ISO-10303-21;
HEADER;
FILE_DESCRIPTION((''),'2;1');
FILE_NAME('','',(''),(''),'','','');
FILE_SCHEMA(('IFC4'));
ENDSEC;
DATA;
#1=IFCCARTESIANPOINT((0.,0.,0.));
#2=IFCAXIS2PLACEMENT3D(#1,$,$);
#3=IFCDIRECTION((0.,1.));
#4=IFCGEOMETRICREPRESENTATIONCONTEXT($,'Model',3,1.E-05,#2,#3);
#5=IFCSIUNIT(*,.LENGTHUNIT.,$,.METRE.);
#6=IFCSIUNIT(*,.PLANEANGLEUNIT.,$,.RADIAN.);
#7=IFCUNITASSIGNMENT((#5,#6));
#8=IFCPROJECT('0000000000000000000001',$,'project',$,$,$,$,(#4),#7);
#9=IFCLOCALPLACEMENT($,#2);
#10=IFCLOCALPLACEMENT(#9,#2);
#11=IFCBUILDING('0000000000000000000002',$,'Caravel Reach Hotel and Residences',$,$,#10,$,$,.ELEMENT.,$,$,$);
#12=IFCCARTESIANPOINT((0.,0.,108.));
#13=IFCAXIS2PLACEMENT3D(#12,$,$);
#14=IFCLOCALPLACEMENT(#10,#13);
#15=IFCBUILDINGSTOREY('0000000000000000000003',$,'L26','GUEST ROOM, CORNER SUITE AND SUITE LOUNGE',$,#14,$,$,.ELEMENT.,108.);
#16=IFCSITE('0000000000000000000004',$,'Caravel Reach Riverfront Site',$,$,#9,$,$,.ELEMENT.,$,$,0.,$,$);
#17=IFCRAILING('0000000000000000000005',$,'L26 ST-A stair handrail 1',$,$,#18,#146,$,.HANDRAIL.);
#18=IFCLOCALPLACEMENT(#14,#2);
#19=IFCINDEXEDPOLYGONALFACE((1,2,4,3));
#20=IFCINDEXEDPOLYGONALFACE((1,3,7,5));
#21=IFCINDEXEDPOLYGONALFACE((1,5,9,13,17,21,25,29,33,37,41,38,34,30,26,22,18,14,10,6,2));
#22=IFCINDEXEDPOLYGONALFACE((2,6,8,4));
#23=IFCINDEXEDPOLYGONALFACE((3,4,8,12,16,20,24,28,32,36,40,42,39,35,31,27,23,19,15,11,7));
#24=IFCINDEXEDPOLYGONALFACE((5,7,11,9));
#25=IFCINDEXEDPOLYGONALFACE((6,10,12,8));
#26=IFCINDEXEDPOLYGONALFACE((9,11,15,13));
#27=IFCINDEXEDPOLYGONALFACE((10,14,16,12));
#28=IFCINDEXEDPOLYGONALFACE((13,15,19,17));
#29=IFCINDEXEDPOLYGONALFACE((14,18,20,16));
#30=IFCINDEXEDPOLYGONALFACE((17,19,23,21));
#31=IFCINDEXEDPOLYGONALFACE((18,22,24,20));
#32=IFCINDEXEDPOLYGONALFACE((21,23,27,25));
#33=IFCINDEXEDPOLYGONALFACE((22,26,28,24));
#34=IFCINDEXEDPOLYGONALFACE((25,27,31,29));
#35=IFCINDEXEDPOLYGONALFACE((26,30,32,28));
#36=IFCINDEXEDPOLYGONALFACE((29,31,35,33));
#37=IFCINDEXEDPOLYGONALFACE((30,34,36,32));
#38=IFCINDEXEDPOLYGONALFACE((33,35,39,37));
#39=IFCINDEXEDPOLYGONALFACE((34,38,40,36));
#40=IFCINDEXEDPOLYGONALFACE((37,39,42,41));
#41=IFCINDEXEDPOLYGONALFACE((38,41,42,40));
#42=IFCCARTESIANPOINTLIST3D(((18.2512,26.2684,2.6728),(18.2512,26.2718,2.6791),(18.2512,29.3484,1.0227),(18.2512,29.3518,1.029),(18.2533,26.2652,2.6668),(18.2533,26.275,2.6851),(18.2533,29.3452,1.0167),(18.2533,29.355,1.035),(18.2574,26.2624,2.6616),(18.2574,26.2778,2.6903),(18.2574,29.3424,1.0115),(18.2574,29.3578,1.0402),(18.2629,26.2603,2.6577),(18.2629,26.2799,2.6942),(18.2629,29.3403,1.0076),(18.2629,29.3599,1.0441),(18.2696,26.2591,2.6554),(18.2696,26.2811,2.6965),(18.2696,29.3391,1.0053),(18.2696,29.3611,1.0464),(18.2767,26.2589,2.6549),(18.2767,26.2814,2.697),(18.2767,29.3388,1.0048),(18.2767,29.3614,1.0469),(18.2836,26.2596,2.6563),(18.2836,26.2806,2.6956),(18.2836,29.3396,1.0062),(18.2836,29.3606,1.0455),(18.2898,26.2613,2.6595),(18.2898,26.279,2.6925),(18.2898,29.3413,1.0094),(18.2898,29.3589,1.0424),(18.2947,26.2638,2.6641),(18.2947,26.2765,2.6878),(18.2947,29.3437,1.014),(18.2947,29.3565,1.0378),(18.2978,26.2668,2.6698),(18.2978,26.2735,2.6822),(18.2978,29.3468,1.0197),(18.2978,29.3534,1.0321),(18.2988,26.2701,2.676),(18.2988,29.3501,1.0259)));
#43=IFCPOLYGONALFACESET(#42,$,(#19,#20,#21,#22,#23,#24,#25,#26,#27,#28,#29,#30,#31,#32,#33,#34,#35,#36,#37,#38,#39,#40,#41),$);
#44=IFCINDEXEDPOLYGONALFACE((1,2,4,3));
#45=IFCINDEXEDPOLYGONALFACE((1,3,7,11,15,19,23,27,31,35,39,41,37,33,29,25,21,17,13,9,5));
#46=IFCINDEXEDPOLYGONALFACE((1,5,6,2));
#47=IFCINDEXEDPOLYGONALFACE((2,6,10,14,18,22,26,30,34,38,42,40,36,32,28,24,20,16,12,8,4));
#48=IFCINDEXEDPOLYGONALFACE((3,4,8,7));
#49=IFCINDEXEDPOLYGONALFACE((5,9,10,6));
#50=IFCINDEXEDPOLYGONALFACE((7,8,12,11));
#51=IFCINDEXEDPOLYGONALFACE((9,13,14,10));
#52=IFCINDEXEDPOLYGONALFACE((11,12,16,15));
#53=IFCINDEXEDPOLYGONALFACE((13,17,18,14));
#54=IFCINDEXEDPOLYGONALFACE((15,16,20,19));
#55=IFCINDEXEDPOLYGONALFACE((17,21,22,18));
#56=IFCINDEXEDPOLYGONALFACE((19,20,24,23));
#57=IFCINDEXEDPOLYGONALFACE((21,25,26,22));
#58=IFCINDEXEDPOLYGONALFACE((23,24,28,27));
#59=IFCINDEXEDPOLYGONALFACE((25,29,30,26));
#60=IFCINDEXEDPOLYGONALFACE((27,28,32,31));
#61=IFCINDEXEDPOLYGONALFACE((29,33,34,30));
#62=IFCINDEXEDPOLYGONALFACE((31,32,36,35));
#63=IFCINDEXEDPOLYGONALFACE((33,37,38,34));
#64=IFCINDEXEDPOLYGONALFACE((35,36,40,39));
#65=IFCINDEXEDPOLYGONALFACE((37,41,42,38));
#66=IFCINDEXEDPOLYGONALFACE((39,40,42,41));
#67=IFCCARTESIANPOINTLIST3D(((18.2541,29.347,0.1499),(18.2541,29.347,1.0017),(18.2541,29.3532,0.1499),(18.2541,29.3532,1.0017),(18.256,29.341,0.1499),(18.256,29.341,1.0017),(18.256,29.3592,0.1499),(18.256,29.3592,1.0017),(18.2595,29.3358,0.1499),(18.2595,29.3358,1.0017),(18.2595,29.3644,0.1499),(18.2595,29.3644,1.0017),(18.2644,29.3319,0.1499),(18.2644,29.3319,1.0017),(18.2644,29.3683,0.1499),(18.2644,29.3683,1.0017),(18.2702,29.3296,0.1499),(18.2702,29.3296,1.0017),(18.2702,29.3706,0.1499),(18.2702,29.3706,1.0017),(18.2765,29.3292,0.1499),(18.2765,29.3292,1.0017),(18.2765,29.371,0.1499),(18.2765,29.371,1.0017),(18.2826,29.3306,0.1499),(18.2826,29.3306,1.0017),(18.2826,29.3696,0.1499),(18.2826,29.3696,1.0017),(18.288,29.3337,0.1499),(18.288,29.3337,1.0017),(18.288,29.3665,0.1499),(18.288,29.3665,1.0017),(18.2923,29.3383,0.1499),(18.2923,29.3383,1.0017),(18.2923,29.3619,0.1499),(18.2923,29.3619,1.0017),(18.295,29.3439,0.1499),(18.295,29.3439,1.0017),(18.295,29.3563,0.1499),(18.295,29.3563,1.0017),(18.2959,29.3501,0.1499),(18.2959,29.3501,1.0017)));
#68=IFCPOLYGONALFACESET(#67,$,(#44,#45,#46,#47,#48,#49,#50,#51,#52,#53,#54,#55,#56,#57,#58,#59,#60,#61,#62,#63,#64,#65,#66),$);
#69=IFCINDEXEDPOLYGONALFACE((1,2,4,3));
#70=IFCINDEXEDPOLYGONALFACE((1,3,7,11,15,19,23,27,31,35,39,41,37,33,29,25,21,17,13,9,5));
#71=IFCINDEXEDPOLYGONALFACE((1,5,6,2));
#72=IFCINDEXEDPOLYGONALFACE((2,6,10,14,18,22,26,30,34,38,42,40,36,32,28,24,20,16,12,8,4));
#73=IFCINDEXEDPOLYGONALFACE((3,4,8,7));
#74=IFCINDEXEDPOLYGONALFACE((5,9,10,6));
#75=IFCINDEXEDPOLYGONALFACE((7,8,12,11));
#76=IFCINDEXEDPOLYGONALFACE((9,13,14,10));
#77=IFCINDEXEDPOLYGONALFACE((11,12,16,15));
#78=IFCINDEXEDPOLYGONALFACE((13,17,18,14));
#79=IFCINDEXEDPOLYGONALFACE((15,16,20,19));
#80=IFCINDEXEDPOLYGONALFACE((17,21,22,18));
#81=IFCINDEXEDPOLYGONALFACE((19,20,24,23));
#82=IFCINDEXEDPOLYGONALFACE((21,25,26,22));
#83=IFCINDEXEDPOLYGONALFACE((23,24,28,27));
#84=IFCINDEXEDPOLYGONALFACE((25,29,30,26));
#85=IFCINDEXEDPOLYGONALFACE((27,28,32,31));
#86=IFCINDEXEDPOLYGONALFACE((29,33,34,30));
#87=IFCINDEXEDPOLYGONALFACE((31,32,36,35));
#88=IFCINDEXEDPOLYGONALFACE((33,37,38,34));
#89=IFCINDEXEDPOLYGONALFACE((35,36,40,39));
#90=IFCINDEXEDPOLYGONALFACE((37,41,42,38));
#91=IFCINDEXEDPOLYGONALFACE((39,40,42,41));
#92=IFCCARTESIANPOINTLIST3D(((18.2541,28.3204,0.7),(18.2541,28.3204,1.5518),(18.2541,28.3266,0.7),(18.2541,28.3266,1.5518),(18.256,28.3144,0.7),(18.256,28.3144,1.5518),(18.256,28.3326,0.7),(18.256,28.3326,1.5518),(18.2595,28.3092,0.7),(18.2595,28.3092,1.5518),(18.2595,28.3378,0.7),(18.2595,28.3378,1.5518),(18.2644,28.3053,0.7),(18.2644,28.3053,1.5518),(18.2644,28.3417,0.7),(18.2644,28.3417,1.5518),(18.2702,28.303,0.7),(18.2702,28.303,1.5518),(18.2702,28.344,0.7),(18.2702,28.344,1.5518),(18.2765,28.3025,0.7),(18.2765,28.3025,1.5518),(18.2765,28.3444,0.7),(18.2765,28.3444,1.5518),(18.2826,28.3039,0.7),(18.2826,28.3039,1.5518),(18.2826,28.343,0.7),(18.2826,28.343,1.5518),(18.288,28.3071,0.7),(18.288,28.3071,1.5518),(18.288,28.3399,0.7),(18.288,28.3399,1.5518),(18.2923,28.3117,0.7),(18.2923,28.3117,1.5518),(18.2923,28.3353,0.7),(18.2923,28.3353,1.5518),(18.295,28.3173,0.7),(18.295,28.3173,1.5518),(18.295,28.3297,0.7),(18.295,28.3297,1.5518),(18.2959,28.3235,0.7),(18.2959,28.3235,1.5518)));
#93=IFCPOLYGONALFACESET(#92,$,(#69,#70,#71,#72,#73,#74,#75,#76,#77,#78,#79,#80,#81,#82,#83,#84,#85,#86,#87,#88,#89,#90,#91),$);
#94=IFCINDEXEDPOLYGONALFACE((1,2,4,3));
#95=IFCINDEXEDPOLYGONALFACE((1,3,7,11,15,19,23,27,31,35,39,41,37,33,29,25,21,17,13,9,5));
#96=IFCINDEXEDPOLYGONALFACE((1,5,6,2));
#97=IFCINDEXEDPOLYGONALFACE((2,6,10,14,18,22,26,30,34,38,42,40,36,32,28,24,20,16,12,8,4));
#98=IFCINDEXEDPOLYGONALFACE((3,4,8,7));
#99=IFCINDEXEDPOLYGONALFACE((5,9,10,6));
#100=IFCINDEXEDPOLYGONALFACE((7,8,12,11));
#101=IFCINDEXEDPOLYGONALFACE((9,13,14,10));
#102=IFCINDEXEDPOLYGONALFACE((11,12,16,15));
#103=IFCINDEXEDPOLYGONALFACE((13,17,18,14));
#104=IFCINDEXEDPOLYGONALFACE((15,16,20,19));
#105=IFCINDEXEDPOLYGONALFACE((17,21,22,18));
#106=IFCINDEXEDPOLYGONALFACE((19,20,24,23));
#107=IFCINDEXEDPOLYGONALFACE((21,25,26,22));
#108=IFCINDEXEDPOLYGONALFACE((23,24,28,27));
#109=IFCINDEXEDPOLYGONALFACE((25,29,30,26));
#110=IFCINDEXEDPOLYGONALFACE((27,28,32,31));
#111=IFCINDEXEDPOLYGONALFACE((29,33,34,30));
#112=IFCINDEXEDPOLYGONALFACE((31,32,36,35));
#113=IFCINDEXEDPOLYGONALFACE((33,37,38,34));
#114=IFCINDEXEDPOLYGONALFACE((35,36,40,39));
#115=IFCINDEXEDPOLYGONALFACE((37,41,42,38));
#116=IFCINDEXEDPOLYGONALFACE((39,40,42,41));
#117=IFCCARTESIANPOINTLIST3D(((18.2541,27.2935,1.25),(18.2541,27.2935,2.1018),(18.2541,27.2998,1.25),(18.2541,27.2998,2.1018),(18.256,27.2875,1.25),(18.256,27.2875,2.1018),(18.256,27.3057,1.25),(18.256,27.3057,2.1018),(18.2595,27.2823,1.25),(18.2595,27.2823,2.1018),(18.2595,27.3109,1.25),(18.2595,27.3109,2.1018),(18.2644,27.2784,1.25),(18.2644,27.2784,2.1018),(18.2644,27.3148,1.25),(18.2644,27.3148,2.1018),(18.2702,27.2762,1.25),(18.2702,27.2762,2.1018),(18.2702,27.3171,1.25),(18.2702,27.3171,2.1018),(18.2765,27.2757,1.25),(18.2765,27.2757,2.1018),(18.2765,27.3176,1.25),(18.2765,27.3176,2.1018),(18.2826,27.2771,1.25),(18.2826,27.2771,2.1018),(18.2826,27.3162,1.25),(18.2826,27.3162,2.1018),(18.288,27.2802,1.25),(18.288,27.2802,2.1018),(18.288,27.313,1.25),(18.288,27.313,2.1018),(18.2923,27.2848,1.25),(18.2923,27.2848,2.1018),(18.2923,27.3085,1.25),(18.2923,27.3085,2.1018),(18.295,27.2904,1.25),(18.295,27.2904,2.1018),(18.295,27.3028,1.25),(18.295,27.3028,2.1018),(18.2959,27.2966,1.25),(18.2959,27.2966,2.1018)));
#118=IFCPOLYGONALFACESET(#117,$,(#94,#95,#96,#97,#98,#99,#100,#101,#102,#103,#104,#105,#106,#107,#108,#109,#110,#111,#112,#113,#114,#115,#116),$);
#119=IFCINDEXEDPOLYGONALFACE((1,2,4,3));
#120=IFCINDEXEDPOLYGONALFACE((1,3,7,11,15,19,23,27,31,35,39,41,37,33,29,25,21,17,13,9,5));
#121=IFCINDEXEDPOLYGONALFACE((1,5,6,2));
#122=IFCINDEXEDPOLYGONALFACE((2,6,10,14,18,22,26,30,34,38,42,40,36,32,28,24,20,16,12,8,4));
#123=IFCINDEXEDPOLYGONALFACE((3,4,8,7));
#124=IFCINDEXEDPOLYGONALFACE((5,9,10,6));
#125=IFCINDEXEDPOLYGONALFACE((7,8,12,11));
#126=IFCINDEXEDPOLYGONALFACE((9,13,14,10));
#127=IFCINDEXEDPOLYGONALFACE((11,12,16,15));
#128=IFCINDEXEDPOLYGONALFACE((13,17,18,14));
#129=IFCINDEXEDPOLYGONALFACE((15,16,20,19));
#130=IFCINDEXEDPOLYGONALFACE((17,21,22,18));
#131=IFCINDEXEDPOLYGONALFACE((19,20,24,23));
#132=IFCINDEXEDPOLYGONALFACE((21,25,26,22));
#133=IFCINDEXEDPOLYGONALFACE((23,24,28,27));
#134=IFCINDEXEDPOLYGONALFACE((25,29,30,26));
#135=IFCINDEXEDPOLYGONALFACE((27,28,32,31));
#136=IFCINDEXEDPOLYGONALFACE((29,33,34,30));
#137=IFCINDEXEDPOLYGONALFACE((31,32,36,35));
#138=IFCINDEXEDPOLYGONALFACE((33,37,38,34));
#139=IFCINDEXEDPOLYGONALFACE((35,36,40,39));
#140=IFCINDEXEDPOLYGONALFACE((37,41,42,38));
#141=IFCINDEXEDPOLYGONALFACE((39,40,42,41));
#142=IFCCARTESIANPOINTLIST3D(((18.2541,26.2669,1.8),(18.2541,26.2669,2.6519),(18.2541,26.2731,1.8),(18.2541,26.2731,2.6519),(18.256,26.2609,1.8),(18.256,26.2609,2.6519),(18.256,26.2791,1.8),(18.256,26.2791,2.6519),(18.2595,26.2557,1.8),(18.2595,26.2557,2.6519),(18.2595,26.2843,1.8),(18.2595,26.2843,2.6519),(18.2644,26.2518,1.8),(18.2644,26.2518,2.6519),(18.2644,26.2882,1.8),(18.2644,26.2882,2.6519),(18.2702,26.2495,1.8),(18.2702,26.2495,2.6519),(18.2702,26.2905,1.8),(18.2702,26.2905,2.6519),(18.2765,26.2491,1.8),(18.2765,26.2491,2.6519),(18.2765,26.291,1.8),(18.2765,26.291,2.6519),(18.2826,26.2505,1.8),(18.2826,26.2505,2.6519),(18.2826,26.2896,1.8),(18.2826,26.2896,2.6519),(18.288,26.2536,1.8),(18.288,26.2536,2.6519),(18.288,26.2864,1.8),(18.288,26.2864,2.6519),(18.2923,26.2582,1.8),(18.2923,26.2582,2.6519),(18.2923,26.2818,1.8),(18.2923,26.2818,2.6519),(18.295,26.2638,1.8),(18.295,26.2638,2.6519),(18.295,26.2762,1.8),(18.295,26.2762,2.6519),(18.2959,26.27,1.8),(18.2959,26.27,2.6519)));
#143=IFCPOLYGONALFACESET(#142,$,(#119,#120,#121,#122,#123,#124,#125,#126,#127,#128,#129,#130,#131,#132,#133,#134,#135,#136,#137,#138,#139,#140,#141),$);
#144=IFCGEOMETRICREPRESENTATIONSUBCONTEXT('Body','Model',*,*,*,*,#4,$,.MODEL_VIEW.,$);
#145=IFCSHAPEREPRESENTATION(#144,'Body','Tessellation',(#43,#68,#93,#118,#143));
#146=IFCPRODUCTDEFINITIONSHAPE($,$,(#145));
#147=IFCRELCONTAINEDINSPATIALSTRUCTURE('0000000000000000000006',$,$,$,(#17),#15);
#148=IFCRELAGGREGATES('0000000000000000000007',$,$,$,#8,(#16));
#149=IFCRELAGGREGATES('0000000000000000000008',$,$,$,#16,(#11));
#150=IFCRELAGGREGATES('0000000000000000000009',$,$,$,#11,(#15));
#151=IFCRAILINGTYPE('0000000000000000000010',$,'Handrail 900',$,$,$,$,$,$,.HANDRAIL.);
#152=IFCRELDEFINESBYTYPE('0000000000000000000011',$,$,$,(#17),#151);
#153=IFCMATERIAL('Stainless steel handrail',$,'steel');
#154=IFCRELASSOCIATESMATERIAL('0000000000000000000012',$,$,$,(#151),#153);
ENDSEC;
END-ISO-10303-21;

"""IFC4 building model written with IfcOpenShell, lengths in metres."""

from ifc_helpers import new_model, si_unit, direction, frame, origin, origin_2d, place, context, subcontext, project, spatial, circle, extrude, material, type_object, element, save


model = new_model("IFC4")

# Units and contexts
model_context = context("Model", 3, precision=1e-05, world=origin(), true_north=direction((0.0, 1.0)))
body_context = subcontext(model_context, "Body", "Model", "MODEL_VIEW")
ifc_project = project(units=[si_unit("LENGTHUNIT", "METRE"), si_unit("PLANEANGLEUNIT", "RADIAN")], contexts=[model_context])

# Site, building, storey
site_placement = place(None, origin())
site = spatial("IfcSite", under=ifc_project, at=site_placement, Name="Caravel Reach Riverfront Site", CompositionType="ELEMENT", RefElevation=0.0)
building_placement = place(site_placement, origin())
building = spatial("IfcBuilding", under=site, at=building_placement, Name="Caravel Reach Hotel and Residences", CompositionType="ELEMENT")
storey_placement = place(building_placement, frame((0.0, 0.0, 108.0)))
storey = spatial("IfcBuildingStorey", under=building, at=storey_placement, Name="L26", Description="GUEST ROOM, CORNER SUITE AND SUITE LOUNGE", CompositionType="ELEMENT", Elevation=108.0)

# Railing
ifc_material_1 = material(Name="Stainless steel handrail", Category="steel")
railing_type_1 = type_object("IfcRailingType", Name="Handrail 900", PredefinedType="HANDRAIL", material=ifc_material_1)
railing_1_placement = place(storey_placement, frame((18.2749, 29.3501, 0.1499)))
element("IfcRailing", 1, at=railing_1_placement, inside=storey, type_object=railing_type_1, Name="L26 ST-A stair handrail 1", PredefinedType="HANDRAIL", context=body_context, shape_type="SweptSolid", body=[
    extrude(circle(Radius=0.0239, at=origin_2d()), frame((0.0, 0.0, 0.876), z_axis=(0.0, -0.881468, 0.472245), x_axis=(1.0, 0.0, 0.0)), (0.0, 0.0, 1.0), 3.4941),
    extrude(circle(Radius=0.021, at=origin_2d()), origin(), (0.0, 0.0, 1.0), 0.8518),
    extrude(circle(Radius=0.021, at=origin_2d()), frame((0.0, -1.0266, 0.55)), (0.0, 0.0, 1.0), 0.8518),
    extrude(circle(Radius=0.021, at=origin_2d()), frame((0.0, -2.0535, 1.1001)), (0.0, 0.0, 1.0), 0.8518),
    extrude(circle(Radius=0.021, at=origin_2d()), frame((0.0, -3.0801, 1.6501)), (0.0, 0.0, 1.0), 0.8518),
])

save(model, "model.ifc")
